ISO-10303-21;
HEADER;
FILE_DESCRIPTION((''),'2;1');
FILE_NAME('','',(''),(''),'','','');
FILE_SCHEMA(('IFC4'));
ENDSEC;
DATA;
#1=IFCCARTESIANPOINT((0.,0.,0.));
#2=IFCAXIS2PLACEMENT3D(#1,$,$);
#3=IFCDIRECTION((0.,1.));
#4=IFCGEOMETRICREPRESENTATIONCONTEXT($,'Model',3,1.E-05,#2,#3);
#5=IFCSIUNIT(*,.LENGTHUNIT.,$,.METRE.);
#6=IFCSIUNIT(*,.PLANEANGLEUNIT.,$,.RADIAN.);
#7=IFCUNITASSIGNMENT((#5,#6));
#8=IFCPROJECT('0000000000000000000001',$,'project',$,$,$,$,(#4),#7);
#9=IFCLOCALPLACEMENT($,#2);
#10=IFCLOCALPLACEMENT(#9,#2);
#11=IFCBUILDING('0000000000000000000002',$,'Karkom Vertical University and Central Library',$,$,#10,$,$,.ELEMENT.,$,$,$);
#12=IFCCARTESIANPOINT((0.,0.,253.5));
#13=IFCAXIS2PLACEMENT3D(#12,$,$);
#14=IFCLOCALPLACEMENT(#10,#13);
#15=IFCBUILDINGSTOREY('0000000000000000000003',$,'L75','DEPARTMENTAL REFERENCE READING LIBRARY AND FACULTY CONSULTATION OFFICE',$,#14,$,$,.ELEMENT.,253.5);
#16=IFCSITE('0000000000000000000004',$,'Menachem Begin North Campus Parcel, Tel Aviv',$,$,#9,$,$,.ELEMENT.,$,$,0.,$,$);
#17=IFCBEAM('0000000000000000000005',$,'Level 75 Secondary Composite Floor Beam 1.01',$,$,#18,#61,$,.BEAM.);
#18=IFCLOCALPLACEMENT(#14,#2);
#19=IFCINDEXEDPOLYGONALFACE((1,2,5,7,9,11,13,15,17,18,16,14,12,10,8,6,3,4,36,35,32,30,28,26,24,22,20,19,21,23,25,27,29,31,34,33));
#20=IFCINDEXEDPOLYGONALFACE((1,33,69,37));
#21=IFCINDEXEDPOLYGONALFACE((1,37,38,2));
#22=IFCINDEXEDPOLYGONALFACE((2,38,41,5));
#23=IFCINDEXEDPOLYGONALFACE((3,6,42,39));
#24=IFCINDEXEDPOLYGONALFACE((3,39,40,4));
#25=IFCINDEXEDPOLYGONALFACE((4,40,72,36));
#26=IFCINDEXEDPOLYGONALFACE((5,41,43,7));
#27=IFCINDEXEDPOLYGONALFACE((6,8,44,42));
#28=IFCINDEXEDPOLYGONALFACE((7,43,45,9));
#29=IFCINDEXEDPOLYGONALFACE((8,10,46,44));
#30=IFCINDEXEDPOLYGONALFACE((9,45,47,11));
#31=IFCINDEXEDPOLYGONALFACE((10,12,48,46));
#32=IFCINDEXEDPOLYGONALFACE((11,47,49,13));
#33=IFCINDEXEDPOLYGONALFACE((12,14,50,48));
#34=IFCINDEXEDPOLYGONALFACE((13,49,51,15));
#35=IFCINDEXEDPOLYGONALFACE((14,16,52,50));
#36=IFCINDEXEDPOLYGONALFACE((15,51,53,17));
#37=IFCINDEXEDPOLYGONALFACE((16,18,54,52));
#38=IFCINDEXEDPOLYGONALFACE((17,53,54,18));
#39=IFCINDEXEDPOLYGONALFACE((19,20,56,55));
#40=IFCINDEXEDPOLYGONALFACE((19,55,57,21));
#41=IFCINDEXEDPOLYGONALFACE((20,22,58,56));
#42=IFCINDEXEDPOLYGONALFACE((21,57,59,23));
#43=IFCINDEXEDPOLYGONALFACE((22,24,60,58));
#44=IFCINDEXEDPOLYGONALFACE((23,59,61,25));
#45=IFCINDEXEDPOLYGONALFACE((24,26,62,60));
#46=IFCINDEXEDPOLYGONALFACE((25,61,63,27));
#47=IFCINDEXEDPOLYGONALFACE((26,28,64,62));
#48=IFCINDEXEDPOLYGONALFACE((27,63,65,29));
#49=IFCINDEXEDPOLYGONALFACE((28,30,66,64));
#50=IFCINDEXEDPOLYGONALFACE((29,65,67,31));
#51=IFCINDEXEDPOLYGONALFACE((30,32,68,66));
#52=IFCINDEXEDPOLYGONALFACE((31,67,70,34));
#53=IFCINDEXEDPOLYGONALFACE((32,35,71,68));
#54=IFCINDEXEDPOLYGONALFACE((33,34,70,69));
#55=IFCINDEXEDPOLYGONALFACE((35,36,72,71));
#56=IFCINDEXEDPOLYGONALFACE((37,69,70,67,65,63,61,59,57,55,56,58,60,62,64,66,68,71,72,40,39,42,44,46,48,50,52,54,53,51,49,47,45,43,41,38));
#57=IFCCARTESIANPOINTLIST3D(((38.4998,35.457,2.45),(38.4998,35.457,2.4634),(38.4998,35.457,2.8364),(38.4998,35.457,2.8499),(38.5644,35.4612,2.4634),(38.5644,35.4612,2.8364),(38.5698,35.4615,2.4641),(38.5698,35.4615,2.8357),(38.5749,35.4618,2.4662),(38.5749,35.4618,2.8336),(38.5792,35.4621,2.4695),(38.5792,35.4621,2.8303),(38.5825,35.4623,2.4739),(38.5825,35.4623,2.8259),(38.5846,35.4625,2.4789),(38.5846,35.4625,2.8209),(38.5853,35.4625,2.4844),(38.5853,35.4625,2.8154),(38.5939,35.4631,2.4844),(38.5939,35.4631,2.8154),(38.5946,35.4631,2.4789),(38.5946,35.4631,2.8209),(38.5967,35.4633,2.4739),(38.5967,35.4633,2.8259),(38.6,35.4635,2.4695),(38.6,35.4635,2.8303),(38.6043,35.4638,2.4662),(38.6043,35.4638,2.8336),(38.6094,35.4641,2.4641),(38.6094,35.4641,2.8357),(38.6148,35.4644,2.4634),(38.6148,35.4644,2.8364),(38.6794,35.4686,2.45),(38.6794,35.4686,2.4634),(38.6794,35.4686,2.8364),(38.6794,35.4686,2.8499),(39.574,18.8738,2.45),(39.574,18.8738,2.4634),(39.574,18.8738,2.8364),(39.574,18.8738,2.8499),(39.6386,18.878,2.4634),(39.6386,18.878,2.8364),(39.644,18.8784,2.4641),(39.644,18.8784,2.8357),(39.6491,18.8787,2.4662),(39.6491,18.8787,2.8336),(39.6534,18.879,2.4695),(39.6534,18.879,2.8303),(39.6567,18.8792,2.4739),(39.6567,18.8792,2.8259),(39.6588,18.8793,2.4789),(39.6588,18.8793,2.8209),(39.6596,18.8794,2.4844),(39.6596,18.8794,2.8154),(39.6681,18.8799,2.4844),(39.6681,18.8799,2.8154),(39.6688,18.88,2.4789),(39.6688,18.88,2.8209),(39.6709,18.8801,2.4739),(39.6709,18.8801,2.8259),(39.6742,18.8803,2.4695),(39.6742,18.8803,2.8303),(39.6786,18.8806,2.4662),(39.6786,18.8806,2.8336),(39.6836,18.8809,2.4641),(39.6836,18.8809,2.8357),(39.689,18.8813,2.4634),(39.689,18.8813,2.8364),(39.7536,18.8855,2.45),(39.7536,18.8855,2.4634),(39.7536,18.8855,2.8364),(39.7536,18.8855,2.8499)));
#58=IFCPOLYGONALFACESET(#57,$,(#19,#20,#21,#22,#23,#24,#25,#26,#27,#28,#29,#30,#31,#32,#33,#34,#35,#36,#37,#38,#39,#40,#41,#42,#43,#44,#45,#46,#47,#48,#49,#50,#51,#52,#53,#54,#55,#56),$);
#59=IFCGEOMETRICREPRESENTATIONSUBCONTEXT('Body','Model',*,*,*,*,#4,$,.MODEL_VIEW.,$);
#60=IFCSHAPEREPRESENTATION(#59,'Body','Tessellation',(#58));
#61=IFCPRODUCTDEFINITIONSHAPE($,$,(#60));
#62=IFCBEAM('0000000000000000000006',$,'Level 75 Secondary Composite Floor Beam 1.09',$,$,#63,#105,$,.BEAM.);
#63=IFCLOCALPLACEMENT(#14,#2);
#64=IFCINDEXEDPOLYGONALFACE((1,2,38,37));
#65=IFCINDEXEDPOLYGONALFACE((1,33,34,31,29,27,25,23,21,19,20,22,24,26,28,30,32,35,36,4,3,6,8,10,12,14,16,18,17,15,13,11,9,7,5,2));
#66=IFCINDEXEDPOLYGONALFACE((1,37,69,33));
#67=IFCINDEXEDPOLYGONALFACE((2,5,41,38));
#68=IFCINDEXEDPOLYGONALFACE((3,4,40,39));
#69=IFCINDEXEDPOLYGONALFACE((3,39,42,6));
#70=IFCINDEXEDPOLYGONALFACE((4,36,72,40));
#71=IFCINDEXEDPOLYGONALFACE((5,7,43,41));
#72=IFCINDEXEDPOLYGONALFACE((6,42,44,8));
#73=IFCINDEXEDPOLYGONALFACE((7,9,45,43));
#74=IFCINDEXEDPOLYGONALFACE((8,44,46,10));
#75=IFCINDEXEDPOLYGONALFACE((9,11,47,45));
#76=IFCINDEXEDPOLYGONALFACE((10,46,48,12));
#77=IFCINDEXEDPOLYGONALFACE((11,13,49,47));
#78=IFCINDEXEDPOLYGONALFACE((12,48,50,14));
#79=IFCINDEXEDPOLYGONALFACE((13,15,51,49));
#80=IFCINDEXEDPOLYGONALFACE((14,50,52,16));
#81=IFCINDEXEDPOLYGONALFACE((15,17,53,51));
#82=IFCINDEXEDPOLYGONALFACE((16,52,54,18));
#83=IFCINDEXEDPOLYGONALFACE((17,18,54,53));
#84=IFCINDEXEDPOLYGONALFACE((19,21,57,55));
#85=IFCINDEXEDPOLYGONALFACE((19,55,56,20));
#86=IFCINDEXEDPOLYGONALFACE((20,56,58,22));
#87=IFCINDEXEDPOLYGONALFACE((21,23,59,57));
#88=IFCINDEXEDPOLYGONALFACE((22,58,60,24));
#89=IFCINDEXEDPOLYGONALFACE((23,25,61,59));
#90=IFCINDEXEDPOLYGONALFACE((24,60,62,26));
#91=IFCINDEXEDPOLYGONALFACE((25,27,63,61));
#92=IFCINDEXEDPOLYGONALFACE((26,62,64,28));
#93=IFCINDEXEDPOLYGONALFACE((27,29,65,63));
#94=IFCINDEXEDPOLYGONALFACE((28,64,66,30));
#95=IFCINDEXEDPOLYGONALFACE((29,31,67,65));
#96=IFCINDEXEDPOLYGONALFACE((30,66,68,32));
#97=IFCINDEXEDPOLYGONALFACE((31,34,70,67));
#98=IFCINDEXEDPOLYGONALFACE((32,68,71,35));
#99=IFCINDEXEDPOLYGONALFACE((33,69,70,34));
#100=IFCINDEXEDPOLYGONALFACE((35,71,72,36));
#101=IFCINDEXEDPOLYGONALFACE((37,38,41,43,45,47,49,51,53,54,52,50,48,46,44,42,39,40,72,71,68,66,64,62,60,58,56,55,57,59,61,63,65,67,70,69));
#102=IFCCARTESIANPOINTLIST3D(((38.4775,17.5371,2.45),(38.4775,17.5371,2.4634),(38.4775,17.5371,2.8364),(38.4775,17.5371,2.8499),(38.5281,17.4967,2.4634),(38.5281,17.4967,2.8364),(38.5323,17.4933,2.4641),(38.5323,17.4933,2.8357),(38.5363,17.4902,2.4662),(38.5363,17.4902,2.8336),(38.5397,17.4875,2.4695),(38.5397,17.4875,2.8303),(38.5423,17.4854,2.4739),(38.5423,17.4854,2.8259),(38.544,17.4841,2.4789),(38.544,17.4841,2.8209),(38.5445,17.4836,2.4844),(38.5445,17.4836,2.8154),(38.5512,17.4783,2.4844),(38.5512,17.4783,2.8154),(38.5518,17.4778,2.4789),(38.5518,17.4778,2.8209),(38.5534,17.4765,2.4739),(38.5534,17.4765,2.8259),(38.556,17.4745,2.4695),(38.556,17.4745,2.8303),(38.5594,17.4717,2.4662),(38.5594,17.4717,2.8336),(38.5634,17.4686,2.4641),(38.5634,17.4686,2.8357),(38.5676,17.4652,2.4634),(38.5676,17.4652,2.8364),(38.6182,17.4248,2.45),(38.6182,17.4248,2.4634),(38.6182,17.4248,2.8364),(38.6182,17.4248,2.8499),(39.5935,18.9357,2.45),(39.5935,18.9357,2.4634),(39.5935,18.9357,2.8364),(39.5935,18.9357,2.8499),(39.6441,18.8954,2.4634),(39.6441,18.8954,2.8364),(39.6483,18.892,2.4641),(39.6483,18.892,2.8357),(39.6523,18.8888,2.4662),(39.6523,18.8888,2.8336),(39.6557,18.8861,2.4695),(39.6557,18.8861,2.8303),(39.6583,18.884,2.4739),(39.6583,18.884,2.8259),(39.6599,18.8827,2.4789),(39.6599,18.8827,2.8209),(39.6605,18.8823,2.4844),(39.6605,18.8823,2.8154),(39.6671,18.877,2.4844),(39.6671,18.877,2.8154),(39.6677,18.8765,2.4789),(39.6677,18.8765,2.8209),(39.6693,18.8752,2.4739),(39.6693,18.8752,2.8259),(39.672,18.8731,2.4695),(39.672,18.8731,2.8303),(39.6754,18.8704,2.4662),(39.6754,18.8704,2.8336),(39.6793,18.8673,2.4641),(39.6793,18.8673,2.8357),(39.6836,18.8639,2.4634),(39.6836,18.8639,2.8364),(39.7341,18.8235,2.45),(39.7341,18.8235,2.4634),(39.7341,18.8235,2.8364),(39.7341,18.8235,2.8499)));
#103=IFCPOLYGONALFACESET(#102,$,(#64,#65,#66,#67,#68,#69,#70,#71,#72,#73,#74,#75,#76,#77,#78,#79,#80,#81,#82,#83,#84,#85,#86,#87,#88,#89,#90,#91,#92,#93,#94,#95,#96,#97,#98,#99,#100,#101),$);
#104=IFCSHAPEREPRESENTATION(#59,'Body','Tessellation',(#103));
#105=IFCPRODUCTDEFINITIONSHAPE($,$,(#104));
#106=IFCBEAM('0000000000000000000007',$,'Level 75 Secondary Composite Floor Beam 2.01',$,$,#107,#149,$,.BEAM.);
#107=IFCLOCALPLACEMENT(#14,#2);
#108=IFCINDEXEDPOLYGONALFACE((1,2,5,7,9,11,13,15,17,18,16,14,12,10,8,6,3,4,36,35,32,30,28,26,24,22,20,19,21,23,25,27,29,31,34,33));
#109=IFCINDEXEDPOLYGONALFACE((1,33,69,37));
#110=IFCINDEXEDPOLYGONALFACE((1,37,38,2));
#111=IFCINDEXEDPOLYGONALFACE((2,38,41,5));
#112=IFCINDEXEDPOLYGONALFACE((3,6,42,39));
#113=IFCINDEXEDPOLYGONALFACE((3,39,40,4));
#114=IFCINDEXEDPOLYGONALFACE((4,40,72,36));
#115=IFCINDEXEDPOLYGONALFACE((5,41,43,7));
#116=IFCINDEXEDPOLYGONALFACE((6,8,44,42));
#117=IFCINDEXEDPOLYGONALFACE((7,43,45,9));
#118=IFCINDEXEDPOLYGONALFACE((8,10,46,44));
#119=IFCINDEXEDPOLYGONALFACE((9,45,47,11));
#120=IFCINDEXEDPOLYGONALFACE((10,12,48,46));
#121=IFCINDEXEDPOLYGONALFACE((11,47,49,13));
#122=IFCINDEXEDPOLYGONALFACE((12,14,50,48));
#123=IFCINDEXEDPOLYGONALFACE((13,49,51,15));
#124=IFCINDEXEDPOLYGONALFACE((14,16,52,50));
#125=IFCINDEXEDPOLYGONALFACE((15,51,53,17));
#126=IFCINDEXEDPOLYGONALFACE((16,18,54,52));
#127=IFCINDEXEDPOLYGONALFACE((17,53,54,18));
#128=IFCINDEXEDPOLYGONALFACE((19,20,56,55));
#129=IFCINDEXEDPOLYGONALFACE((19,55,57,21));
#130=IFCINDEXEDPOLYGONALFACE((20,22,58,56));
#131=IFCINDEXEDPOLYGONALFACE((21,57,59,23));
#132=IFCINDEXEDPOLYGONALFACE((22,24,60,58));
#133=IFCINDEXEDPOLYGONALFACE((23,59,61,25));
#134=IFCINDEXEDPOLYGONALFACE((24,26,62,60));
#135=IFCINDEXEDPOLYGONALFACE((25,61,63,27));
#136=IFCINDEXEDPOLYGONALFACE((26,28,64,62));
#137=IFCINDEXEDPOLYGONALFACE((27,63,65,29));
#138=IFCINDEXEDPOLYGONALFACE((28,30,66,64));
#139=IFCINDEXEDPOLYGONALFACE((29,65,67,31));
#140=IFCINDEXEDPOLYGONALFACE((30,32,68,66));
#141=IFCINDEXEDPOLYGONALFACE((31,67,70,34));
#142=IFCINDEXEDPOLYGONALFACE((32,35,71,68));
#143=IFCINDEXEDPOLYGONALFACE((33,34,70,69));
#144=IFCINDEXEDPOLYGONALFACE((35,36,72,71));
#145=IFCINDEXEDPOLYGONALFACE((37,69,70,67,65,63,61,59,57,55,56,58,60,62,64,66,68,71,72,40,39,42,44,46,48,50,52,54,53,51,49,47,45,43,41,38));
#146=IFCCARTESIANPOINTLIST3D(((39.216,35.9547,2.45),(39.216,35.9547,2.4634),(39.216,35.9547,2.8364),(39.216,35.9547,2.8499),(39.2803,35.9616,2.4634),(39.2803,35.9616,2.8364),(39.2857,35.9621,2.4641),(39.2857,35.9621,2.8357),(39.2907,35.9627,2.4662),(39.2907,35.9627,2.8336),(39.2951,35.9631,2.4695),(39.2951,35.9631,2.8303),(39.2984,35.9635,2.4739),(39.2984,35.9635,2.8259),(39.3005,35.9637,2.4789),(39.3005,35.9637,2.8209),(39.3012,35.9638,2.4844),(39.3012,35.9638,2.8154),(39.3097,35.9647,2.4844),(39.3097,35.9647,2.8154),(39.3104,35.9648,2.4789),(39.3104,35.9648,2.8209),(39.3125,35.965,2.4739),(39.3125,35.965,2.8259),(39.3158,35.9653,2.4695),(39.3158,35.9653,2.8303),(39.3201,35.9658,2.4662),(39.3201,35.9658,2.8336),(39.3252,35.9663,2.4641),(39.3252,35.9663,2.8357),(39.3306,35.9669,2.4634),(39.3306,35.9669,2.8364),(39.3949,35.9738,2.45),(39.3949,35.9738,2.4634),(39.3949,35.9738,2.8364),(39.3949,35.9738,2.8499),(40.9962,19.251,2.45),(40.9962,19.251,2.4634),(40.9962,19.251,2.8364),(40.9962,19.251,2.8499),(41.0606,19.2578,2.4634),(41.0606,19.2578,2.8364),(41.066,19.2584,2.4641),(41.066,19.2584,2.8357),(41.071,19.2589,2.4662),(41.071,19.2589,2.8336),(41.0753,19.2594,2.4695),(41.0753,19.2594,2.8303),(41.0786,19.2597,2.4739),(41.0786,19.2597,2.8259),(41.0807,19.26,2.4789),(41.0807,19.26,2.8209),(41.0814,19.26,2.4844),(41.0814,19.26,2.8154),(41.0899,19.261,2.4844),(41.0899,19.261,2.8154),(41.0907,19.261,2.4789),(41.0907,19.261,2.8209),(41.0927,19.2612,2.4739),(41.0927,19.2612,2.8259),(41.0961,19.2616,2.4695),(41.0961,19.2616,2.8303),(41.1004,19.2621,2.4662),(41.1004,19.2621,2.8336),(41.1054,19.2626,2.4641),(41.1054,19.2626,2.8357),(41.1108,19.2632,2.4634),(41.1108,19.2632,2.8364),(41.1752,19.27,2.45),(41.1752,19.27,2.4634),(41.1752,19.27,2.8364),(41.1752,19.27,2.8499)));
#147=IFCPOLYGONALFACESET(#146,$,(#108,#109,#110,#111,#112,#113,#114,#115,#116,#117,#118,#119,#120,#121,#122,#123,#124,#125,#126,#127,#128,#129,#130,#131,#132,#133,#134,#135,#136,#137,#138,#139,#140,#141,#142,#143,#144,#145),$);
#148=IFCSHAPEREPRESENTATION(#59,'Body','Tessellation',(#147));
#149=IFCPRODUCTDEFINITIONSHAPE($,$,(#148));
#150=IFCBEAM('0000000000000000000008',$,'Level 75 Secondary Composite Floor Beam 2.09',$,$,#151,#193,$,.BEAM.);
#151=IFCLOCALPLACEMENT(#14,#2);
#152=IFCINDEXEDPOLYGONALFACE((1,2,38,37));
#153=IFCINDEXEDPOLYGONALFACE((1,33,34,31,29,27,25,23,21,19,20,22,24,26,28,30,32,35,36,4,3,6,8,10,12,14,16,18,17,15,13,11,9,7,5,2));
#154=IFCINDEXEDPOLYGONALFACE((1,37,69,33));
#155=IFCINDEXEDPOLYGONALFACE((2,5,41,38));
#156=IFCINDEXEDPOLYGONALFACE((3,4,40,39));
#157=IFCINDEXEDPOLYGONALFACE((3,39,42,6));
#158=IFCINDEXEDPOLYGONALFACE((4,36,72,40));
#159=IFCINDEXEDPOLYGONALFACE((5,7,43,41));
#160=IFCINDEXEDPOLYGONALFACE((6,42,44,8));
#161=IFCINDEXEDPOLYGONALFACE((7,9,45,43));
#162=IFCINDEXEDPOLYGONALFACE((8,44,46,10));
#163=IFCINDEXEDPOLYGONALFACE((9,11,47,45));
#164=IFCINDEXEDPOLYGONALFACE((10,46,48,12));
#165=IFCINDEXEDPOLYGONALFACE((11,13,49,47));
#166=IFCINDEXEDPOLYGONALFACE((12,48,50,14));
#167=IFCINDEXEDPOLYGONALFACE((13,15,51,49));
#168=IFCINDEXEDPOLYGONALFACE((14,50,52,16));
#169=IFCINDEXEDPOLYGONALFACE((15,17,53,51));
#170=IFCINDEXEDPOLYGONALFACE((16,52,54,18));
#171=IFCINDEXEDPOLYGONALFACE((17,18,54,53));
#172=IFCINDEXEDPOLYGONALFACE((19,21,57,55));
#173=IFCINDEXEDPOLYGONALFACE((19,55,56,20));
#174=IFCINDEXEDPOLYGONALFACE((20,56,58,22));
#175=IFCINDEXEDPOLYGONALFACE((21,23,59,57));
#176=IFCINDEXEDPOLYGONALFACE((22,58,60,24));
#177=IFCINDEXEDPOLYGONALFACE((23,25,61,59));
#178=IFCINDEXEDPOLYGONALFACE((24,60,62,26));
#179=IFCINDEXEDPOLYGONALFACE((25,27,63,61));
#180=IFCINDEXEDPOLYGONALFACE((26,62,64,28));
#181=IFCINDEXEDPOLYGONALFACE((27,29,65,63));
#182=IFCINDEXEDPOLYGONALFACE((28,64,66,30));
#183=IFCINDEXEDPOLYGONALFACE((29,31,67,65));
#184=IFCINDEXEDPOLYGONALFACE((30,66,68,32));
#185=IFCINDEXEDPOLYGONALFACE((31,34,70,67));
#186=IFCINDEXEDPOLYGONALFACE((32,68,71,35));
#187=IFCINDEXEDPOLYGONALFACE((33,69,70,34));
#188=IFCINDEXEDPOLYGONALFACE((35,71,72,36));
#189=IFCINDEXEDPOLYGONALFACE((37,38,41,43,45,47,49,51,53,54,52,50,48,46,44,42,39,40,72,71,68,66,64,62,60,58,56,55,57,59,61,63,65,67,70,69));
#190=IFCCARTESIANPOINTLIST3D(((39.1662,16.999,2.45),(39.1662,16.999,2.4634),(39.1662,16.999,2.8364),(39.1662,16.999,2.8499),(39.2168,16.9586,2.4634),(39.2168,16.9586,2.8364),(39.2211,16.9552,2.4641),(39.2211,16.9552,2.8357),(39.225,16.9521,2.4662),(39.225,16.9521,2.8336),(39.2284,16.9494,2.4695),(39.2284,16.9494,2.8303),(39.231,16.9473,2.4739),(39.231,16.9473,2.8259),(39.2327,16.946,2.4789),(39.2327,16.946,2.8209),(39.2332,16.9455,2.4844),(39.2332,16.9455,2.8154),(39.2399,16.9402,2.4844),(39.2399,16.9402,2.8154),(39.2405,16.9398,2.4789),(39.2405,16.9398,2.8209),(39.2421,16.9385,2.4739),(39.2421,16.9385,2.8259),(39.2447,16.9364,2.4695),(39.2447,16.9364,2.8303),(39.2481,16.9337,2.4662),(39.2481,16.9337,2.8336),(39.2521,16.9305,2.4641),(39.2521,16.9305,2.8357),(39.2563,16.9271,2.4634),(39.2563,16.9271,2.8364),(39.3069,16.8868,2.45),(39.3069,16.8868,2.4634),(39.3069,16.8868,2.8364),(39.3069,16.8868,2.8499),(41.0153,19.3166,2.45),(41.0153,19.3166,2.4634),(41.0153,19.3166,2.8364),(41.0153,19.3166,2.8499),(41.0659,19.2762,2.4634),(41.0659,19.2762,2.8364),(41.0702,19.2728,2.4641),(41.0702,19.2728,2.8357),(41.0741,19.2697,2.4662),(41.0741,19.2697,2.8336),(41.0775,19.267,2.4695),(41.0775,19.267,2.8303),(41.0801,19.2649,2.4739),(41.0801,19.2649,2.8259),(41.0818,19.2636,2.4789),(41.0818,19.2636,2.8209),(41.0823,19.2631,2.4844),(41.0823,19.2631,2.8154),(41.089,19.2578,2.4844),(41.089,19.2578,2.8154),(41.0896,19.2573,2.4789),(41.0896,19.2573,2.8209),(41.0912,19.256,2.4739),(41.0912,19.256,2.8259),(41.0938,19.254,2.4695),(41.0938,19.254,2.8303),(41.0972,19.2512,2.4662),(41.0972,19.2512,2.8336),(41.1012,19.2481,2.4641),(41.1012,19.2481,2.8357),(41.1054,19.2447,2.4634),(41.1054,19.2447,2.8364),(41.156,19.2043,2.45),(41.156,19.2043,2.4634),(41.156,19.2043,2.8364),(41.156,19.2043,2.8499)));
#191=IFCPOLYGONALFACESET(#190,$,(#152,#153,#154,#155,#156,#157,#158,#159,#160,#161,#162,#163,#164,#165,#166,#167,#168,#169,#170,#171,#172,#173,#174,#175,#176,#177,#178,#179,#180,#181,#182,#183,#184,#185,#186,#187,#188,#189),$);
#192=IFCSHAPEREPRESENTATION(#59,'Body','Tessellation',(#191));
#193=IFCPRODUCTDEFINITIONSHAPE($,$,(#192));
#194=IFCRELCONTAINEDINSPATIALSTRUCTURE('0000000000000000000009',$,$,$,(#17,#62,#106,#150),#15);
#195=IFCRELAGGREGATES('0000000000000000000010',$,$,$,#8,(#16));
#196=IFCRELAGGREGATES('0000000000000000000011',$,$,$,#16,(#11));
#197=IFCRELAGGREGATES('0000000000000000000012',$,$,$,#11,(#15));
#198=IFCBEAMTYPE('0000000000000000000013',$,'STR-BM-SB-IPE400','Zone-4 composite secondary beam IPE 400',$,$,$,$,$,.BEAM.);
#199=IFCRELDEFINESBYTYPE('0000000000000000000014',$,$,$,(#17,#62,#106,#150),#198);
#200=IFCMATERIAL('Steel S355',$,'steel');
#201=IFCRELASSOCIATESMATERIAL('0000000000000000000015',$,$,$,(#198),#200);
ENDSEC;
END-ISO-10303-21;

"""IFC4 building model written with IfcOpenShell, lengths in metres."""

from ifc_helpers import new_model, si_unit, direction, frame, origin, origin_with_axes, origin_2d, place, context, subcontext, project, spatial, i_section, extrude, source, transform, mapped, material, material_profile, profile_set, type_object, element, save


model = new_model("IFC4")

# Units and contexts
model_context = context("Model", 3, precision=1e-05, world=origin(), true_north=direction((0.0, 1.0)))
body_context = subcontext(model_context, "Body", "Model", "MODEL_VIEW")
ifc_project = project(units=[si_unit("LENGTHUNIT", "METRE"), si_unit("PLANEANGLEUNIT", "RADIAN")], contexts=[model_context])

# Site, building, storey
site_placement = place(None, origin())
site = spatial("IfcSite", under=ifc_project, at=site_placement, Name="Menachem Begin North Campus Parcel, Tel Aviv", CompositionType="ELEMENT", RefElevation=0.0)
building_placement = place(site_placement, origin())
building = spatial("IfcBuilding", under=site, at=building_placement, Name="Karkom Vertical University and Central Library", CompositionType="ELEMENT")
storey_placement = place(building_placement, frame((0.0, 0.0, 253.5)))
storey = spatial("IfcBuildingStorey", under=building, at=storey_placement, Name="L75", Description="DEPARTMENTAL REFERENCE READING LIBRARY AND FACULTY CONSULTATION OFFICE", CompositionType="ELEMENT", Elevation=253.5)

# Beams
ifc_material_1 = material(Name="Steel S355", Category="steel")
ifc_material_profile_1 = material_profile(ifc_material_1, i_section(OverallWidth=0.1799, OverallDepth=0.3999, WebThickness=0.0085, FlangeThickness=0.0134, FilletRadius=0.021, at=origin_2d()), Name="IPE 400")
ifc_profile_set_1 = profile_set([ifc_material_profile_1], Name="Steel S355")
beam_type_1 = type_object("IfcBeamType", Name="STR-BM-SB-IPE400", Description="Zone-4 composite secondary beam IPE 400", PredefinedType="BEAM", material=ifc_profile_set_1)
shared_shape_1 = source(origin_with_axes(), body_context, "Body", "SweptSolid", [
    extrude(i_section(OverallWidth=0.1799, OverallDepth=0.3999, WebThickness=0.0085, FlangeThickness=0.0134, FilletRadius=0.021, at=origin_2d()), origin(), (0.0, 0.0, 1.0), 16.6179),
])
beam_1_placement = place(storey_placement, frame((39.6638, 18.8796, 2.6499), z_axis=(-0.064642, 0.997909, 0.0), x_axis=(-0.997909, -0.064642, 0.0)))
element("IfcBeam", 1, at=beam_1_placement, inside=storey, type_object=beam_type_1, Name="Level 75 Secondary Composite Floor Beam 1.01", PredefinedType="BEAM", context=body_context, shape_type="MappedRepresentation", body=[
    mapped(shared_shape_1, transform((0.0, 0.0, 0.0), scale=1.0)),
])
shared_shape_2 = source(origin_with_axes(), body_context, "Body", "SweptSolid", [
    extrude(i_section(OverallWidth=0.1799, OverallDepth=0.3999, WebThickness=0.0085, FlangeThickness=0.0134, FilletRadius=0.021, at=origin_2d()), origin(), (0.0, 0.0, 1.0), 1.7893),
])
beam_2_placement = place(storey_placement, frame((38.5479, 17.481, 2.6499), z_axis=(0.62368, 0.78168, 0.0), x_axis=(-0.78168, 0.62368, 0.0)))
element("IfcBeam", 2, at=beam_2_placement, inside=storey, type_object=beam_type_1, Name="Level 75 Secondary Composite Floor Beam 1.09", PredefinedType="BEAM", context=body_context, shape_type="MappedRepresentation", body=[
    mapped(shared_shape_2, transform((0.0, 0.0, 0.0), scale=1.0)),
])
shared_shape_3 = source(origin_with_axes(), body_context, "Body", "SweptSolid", [
    extrude(i_section(OverallWidth=0.1799, OverallDepth=0.3999, WebThickness=0.0085, FlangeThickness=0.0134, FilletRadius=0.021, at=origin_2d()), origin(), (0.0, 0.0, 1.0), 16.7983),
])
beam_3_placement = place(storey_placement, frame((41.0857, 19.2605, 2.6499), z_axis=(-0.105978, 0.994368, 0.0), x_axis=(-0.994368, -0.105978, 0.0)))
element("IfcBeam", 3, at=beam_3_placement, inside=storey, type_object=beam_type_1, Name="Level 75 Secondary Composite Floor Beam 2.01", PredefinedType="BEAM", context=body_context, shape_type="MappedRepresentation", body=[
    mapped(shared_shape_3, transform((0.0, 0.0, 0.0), scale=1.0)),
])
shared_shape_4 = source(origin_with_axes(), body_context, "Body", "SweptSolid", [
    extrude(i_section(OverallWidth=0.1799, OverallDepth=0.3999, WebThickness=0.0085, FlangeThickness=0.0134, FilletRadius=0.021, at=origin_2d()), origin(), (0.0, 0.0, 1.0), 2.9648),
])
beam_4_placement = place(storey_placement, frame((39.2366, 16.9429, 2.6499), z_axis=(0.62367, 0.781688, 0.0), x_axis=(-0.781688, 0.62367, 0.0)))
element("IfcBeam", 4, at=beam_4_placement, inside=storey, type_object=beam_type_1, Name="Level 75 Secondary Composite Floor Beam 2.09", PredefinedType="BEAM", context=body_context, shape_type="MappedRepresentation", body=[
    mapped(shared_shape_4, transform((0.0, 0.0, 0.0), scale=1.0)),
])

save(model, "model.ifc")
